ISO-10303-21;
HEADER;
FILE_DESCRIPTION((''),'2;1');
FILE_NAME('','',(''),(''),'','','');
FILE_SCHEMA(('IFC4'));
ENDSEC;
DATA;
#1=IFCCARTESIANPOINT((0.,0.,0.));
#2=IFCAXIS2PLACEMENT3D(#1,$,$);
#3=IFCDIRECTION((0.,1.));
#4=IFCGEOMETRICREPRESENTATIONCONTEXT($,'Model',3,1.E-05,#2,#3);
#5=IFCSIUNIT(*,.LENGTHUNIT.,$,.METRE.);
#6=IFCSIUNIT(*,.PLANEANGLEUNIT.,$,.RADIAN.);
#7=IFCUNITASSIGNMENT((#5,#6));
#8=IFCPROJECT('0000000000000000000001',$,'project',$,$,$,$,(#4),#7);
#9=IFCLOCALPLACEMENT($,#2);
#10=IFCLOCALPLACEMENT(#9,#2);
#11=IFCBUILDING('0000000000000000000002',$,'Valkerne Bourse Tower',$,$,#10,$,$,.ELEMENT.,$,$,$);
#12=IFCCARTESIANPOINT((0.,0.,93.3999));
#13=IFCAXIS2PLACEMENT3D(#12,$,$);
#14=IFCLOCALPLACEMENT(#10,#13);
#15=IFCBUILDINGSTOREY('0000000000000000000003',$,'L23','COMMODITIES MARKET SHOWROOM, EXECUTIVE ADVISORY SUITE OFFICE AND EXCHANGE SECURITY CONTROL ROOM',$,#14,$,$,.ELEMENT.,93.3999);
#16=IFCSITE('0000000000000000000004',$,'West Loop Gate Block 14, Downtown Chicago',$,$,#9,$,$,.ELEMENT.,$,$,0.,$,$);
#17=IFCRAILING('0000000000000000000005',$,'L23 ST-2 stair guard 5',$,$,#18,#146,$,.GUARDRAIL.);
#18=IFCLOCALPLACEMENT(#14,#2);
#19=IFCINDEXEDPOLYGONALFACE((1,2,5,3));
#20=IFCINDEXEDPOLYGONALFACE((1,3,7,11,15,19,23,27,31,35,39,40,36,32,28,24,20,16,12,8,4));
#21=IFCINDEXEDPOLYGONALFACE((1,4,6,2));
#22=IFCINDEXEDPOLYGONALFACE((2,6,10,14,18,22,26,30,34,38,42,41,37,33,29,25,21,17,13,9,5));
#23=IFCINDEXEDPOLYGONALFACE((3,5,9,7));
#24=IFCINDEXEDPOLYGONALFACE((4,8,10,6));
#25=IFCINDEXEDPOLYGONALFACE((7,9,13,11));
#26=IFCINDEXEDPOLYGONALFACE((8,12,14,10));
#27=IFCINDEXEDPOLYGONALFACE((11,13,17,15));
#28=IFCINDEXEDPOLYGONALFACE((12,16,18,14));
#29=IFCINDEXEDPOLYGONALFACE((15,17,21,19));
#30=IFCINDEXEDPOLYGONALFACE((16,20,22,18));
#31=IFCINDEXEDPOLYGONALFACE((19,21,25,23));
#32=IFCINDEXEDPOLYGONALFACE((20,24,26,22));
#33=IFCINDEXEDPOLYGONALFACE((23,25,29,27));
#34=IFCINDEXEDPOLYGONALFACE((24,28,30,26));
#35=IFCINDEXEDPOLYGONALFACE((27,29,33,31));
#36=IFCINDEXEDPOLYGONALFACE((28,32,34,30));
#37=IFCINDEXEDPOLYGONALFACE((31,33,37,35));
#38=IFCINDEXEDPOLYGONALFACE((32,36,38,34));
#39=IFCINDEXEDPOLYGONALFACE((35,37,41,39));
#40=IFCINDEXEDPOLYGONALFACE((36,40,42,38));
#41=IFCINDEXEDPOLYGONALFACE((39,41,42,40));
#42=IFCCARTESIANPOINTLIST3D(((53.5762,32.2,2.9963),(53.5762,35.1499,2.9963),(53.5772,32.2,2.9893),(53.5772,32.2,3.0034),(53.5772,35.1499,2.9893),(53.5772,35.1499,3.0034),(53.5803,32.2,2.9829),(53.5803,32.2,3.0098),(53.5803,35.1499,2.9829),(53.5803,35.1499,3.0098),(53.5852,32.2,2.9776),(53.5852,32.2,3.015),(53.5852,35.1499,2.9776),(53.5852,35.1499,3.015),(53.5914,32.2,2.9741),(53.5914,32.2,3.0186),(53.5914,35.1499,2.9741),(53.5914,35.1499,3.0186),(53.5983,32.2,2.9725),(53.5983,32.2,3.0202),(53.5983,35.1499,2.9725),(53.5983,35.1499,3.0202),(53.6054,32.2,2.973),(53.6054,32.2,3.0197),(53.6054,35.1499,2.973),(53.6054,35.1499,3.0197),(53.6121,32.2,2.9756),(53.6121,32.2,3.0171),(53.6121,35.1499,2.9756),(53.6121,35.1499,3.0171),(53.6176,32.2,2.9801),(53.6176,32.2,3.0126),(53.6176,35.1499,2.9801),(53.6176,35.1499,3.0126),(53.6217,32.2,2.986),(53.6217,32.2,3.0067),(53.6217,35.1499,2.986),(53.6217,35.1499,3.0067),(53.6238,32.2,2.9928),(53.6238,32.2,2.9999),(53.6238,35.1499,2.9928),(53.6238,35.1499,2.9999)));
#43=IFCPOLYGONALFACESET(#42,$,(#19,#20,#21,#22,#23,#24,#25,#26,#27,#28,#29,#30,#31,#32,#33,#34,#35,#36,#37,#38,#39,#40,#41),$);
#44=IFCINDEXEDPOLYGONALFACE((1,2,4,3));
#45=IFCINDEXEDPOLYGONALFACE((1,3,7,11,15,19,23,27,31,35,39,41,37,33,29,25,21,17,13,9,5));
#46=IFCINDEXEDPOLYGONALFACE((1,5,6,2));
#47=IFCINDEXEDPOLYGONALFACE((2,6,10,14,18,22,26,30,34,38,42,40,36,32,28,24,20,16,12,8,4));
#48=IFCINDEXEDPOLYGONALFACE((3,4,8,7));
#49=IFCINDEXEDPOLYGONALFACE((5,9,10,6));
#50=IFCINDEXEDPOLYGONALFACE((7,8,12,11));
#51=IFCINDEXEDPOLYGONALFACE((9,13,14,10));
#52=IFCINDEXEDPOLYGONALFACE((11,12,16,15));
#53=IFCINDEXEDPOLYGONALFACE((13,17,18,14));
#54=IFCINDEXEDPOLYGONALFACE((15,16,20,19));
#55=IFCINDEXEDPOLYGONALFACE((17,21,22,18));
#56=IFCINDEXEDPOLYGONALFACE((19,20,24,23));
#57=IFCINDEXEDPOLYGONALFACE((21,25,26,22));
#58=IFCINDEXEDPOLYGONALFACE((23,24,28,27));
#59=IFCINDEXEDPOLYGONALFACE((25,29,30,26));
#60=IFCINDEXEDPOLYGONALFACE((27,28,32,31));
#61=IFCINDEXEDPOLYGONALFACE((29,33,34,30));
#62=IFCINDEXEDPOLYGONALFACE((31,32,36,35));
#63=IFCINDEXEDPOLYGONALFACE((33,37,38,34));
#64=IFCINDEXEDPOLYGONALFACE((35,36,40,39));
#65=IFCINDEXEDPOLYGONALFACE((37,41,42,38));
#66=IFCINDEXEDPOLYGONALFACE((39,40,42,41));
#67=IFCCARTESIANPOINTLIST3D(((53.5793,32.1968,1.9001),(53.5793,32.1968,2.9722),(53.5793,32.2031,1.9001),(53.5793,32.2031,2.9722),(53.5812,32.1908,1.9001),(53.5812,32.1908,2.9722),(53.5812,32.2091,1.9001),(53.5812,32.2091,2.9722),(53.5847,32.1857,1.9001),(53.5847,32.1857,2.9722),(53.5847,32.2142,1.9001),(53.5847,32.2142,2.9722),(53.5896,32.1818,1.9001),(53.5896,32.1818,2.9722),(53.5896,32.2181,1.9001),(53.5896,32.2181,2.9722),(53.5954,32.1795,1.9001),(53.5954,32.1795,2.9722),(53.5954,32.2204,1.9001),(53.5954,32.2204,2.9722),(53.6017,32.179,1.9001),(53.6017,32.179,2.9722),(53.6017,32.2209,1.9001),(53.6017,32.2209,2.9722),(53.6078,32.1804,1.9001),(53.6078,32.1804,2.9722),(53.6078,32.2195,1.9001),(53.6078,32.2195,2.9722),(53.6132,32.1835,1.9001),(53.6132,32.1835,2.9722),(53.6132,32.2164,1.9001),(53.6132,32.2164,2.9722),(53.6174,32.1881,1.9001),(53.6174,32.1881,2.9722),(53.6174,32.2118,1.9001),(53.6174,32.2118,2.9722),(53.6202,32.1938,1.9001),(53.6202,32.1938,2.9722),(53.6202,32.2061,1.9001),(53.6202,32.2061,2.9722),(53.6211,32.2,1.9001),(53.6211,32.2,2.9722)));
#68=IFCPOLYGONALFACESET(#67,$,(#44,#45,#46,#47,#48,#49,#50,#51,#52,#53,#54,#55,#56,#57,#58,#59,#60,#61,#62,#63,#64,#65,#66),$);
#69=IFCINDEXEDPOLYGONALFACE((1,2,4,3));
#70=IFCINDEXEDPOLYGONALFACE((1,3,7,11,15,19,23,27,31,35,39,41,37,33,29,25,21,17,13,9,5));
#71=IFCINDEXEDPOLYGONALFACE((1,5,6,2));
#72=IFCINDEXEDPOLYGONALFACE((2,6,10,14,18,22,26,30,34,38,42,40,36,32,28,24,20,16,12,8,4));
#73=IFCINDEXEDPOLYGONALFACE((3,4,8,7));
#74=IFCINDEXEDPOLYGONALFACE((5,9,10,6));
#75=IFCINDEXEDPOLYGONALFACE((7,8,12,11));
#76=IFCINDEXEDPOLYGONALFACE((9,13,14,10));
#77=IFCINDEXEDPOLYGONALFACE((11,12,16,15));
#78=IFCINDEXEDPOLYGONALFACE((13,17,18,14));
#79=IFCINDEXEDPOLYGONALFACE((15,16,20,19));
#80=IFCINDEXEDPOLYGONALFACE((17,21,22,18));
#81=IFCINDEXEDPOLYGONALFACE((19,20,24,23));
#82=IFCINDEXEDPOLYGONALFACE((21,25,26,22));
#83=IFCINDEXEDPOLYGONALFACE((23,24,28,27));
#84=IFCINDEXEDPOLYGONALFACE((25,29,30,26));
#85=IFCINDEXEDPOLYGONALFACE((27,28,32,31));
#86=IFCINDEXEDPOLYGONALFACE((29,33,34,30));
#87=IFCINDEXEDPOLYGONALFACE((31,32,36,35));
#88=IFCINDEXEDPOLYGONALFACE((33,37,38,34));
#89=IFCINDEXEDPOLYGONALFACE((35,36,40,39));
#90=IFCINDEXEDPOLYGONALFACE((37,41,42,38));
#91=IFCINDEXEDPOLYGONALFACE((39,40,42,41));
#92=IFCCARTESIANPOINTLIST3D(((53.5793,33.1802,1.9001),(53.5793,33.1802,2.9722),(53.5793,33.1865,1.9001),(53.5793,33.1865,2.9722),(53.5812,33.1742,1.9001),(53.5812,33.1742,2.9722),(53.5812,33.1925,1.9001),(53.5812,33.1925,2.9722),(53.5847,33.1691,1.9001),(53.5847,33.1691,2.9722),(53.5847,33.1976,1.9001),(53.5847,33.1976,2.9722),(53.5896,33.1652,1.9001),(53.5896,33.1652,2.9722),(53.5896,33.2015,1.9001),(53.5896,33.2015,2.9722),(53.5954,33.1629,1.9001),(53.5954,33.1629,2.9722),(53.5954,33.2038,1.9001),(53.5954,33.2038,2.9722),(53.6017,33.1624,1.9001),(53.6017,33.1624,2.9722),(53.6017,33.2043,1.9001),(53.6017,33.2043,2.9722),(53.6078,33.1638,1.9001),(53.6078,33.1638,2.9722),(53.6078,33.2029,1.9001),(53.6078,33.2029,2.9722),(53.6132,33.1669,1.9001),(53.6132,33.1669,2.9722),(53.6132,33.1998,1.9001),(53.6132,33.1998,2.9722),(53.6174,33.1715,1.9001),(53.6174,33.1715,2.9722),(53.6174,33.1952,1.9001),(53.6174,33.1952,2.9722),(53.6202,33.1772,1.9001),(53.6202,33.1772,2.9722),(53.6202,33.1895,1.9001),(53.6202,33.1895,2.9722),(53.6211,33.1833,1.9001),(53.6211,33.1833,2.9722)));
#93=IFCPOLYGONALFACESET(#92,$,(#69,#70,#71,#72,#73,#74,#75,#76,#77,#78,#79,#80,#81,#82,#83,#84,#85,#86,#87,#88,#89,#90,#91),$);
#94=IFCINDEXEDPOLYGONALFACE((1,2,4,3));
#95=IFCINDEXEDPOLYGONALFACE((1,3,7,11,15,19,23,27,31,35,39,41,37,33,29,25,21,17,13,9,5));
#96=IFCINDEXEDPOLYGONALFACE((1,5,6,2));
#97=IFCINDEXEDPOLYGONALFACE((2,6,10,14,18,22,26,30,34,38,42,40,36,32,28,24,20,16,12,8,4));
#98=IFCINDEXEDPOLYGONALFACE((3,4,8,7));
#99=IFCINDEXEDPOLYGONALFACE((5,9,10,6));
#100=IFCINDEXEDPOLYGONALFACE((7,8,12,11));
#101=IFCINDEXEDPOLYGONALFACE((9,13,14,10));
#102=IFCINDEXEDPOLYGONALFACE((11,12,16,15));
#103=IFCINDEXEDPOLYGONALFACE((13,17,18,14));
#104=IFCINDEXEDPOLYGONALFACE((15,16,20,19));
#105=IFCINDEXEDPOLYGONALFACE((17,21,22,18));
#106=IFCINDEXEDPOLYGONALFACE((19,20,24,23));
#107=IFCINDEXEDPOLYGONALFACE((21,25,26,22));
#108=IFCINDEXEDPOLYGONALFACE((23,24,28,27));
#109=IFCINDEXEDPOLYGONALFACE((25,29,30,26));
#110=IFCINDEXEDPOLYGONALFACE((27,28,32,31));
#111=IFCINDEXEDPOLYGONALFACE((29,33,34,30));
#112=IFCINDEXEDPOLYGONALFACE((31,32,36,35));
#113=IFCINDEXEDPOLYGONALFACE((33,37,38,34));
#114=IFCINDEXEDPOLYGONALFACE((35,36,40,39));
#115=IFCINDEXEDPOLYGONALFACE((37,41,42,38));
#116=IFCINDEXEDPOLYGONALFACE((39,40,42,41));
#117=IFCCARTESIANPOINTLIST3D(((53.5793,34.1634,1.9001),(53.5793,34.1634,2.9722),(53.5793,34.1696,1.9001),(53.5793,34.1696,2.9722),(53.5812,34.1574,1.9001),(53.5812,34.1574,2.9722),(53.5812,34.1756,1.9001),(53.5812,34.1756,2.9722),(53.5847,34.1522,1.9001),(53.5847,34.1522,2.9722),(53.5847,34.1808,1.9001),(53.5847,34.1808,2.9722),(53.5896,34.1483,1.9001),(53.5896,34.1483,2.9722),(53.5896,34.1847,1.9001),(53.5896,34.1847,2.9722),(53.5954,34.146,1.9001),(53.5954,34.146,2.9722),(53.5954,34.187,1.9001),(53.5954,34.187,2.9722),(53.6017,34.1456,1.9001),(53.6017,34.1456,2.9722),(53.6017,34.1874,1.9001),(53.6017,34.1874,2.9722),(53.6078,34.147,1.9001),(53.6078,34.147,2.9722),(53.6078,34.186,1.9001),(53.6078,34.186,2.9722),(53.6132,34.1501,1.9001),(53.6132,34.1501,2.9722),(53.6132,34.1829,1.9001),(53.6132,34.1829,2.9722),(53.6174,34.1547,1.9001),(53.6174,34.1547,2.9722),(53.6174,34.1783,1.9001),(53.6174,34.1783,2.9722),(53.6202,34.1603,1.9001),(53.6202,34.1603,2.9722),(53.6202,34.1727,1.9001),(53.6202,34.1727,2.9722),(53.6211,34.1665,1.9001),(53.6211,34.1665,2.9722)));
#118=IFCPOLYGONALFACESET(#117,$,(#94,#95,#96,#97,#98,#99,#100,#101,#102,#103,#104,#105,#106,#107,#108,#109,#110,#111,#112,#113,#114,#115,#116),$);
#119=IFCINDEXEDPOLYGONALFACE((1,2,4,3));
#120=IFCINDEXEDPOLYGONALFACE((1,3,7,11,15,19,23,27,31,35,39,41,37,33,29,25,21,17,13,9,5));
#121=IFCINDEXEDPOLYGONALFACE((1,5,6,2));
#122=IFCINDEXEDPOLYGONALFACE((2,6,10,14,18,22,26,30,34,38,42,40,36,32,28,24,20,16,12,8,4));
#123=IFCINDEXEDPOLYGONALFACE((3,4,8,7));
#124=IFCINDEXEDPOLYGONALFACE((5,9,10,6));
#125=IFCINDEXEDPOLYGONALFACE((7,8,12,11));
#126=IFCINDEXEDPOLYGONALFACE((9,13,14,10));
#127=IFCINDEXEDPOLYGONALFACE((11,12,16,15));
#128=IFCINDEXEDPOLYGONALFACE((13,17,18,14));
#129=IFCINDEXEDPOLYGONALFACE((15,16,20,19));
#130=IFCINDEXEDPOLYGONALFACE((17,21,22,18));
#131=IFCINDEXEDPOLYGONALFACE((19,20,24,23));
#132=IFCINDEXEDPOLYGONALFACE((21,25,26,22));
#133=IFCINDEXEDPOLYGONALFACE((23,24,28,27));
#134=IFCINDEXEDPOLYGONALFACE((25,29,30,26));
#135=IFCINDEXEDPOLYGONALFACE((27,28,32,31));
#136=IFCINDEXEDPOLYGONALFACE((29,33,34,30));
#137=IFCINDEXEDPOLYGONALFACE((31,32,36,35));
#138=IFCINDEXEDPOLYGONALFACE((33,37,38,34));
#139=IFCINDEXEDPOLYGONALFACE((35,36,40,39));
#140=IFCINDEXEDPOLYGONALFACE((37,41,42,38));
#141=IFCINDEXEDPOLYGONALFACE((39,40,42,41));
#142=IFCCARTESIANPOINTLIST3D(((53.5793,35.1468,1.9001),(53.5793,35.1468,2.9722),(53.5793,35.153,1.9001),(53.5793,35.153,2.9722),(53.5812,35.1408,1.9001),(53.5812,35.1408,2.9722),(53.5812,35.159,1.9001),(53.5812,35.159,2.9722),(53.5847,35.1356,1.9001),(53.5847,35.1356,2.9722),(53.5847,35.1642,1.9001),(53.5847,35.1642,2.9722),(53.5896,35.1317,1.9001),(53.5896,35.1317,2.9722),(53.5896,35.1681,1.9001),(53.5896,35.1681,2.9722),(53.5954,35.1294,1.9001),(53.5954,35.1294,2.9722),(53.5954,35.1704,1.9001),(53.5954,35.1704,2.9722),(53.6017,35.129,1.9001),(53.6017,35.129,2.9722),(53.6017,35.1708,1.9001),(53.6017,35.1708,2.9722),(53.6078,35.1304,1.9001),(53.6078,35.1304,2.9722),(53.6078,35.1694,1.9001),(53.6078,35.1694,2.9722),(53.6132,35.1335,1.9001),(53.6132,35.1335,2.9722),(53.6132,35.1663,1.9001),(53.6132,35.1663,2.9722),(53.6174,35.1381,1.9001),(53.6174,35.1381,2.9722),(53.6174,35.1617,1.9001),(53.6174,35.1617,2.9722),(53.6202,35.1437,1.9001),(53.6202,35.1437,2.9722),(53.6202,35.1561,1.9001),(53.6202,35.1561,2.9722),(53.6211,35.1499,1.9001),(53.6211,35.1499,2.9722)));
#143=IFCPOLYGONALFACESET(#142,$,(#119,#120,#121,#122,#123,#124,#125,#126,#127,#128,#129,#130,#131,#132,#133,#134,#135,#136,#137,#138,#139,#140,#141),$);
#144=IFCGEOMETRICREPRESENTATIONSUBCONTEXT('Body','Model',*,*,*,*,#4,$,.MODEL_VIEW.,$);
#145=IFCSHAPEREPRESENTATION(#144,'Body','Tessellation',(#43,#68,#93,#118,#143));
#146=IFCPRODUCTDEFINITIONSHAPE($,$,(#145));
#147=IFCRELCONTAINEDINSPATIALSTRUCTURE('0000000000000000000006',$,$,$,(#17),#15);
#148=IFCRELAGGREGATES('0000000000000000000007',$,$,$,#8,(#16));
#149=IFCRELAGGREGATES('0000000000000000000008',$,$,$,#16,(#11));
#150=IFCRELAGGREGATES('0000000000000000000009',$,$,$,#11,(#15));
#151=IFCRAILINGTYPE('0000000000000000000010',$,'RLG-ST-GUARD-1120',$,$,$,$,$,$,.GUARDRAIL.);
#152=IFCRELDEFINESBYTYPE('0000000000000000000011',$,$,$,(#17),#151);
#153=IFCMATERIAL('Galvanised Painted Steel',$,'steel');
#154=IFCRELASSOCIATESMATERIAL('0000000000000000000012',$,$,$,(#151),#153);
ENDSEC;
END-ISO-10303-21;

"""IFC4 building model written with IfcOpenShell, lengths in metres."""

from ifc_helpers import new_model, si_unit, direction, frame, origin, origin_2d, place, context, subcontext, project, spatial, circle, extrude, material, type_object, element, save


model = new_model("IFC4")

# Units and contexts
model_context = context("Model", 3, precision=1e-05, world=origin(), true_north=direction((0.0, 1.0)))
body_context = subcontext(model_context, "Body", "Model", "MODEL_VIEW")
ifc_project = project(units=[si_unit("LENGTHUNIT", "METRE"), si_unit("PLANEANGLEUNIT", "RADIAN")], contexts=[model_context])

# Site, building, storey
site_placement = place(None, origin())
site = spatial("IfcSite", under=ifc_project, at=site_placement, Name="West Loop Gate Block 14, Downtown Chicago", CompositionType="ELEMENT", RefElevation=0.0)
building_placement = place(site_placement, origin())
building = spatial("IfcBuilding", under=site, at=building_placement, Name="Valkerne Bourse Tower", CompositionType="ELEMENT")
storey_placement = place(building_placement, frame((0.0, 0.0, 93.3999)))
storey = spatial("IfcBuildingStorey", under=building, at=storey_placement, Name="L23", Description="COMMODITIES MARKET SHOWROOM, EXECUTIVE ADVISORY SUITE OFFICE AND EXCHANGE SECURITY CONTROL ROOM", CompositionType="ELEMENT", Elevation=93.3999)

# Shared definitions
ifc_material_1 = material(Name="Galvanised Painted Steel", Category="steel")

# Railing
railing_type_1 = type_object("IfcRailingType", Name="RLG-ST-GUARD-1120", PredefinedType="GUARDRAIL", material=ifc_material_1)
railing_1_placement = place(storey_placement, frame((53.6001, 32.2, 1.9001)))
element("IfcRailing", 1, at=railing_1_placement, inside=storey, type_object=railing_type_1, Name="L23 ST-2 stair guard 5", PredefinedType="GUARDRAIL", context=body_context, shape_type="SweptSolid", body=[
    extrude(circle(Radius=0.0239, at=origin_2d()), frame((0.0, 0.0, 1.0962), z_axis=(0.0, 1.0, 0.0), x_axis=(-1.0, 0.0, 0.0)), (0.0, 0.0, 1.0), 2.95),
    extrude(circle(Radius=0.021, at=origin_2d()), origin(), (0.0, 0.0, 1.0), 1.072),
    extrude(circle(Radius=0.021, at=origin_2d()), frame((0.0, 0.9834, 0.0)), (0.0, 0.0, 1.0), 1.072),
    extrude(circle(Radius=0.021, at=origin_2d()), frame((0.0, 1.9666, 0.0)), (0.0, 0.0, 1.0), 1.072),
    extrude(circle(Radius=0.021, at=origin_2d()), frame((0.0, 2.95, 0.0)), (0.0, 0.0, 1.0), 1.072),
])

save(model, "model.ifc")
